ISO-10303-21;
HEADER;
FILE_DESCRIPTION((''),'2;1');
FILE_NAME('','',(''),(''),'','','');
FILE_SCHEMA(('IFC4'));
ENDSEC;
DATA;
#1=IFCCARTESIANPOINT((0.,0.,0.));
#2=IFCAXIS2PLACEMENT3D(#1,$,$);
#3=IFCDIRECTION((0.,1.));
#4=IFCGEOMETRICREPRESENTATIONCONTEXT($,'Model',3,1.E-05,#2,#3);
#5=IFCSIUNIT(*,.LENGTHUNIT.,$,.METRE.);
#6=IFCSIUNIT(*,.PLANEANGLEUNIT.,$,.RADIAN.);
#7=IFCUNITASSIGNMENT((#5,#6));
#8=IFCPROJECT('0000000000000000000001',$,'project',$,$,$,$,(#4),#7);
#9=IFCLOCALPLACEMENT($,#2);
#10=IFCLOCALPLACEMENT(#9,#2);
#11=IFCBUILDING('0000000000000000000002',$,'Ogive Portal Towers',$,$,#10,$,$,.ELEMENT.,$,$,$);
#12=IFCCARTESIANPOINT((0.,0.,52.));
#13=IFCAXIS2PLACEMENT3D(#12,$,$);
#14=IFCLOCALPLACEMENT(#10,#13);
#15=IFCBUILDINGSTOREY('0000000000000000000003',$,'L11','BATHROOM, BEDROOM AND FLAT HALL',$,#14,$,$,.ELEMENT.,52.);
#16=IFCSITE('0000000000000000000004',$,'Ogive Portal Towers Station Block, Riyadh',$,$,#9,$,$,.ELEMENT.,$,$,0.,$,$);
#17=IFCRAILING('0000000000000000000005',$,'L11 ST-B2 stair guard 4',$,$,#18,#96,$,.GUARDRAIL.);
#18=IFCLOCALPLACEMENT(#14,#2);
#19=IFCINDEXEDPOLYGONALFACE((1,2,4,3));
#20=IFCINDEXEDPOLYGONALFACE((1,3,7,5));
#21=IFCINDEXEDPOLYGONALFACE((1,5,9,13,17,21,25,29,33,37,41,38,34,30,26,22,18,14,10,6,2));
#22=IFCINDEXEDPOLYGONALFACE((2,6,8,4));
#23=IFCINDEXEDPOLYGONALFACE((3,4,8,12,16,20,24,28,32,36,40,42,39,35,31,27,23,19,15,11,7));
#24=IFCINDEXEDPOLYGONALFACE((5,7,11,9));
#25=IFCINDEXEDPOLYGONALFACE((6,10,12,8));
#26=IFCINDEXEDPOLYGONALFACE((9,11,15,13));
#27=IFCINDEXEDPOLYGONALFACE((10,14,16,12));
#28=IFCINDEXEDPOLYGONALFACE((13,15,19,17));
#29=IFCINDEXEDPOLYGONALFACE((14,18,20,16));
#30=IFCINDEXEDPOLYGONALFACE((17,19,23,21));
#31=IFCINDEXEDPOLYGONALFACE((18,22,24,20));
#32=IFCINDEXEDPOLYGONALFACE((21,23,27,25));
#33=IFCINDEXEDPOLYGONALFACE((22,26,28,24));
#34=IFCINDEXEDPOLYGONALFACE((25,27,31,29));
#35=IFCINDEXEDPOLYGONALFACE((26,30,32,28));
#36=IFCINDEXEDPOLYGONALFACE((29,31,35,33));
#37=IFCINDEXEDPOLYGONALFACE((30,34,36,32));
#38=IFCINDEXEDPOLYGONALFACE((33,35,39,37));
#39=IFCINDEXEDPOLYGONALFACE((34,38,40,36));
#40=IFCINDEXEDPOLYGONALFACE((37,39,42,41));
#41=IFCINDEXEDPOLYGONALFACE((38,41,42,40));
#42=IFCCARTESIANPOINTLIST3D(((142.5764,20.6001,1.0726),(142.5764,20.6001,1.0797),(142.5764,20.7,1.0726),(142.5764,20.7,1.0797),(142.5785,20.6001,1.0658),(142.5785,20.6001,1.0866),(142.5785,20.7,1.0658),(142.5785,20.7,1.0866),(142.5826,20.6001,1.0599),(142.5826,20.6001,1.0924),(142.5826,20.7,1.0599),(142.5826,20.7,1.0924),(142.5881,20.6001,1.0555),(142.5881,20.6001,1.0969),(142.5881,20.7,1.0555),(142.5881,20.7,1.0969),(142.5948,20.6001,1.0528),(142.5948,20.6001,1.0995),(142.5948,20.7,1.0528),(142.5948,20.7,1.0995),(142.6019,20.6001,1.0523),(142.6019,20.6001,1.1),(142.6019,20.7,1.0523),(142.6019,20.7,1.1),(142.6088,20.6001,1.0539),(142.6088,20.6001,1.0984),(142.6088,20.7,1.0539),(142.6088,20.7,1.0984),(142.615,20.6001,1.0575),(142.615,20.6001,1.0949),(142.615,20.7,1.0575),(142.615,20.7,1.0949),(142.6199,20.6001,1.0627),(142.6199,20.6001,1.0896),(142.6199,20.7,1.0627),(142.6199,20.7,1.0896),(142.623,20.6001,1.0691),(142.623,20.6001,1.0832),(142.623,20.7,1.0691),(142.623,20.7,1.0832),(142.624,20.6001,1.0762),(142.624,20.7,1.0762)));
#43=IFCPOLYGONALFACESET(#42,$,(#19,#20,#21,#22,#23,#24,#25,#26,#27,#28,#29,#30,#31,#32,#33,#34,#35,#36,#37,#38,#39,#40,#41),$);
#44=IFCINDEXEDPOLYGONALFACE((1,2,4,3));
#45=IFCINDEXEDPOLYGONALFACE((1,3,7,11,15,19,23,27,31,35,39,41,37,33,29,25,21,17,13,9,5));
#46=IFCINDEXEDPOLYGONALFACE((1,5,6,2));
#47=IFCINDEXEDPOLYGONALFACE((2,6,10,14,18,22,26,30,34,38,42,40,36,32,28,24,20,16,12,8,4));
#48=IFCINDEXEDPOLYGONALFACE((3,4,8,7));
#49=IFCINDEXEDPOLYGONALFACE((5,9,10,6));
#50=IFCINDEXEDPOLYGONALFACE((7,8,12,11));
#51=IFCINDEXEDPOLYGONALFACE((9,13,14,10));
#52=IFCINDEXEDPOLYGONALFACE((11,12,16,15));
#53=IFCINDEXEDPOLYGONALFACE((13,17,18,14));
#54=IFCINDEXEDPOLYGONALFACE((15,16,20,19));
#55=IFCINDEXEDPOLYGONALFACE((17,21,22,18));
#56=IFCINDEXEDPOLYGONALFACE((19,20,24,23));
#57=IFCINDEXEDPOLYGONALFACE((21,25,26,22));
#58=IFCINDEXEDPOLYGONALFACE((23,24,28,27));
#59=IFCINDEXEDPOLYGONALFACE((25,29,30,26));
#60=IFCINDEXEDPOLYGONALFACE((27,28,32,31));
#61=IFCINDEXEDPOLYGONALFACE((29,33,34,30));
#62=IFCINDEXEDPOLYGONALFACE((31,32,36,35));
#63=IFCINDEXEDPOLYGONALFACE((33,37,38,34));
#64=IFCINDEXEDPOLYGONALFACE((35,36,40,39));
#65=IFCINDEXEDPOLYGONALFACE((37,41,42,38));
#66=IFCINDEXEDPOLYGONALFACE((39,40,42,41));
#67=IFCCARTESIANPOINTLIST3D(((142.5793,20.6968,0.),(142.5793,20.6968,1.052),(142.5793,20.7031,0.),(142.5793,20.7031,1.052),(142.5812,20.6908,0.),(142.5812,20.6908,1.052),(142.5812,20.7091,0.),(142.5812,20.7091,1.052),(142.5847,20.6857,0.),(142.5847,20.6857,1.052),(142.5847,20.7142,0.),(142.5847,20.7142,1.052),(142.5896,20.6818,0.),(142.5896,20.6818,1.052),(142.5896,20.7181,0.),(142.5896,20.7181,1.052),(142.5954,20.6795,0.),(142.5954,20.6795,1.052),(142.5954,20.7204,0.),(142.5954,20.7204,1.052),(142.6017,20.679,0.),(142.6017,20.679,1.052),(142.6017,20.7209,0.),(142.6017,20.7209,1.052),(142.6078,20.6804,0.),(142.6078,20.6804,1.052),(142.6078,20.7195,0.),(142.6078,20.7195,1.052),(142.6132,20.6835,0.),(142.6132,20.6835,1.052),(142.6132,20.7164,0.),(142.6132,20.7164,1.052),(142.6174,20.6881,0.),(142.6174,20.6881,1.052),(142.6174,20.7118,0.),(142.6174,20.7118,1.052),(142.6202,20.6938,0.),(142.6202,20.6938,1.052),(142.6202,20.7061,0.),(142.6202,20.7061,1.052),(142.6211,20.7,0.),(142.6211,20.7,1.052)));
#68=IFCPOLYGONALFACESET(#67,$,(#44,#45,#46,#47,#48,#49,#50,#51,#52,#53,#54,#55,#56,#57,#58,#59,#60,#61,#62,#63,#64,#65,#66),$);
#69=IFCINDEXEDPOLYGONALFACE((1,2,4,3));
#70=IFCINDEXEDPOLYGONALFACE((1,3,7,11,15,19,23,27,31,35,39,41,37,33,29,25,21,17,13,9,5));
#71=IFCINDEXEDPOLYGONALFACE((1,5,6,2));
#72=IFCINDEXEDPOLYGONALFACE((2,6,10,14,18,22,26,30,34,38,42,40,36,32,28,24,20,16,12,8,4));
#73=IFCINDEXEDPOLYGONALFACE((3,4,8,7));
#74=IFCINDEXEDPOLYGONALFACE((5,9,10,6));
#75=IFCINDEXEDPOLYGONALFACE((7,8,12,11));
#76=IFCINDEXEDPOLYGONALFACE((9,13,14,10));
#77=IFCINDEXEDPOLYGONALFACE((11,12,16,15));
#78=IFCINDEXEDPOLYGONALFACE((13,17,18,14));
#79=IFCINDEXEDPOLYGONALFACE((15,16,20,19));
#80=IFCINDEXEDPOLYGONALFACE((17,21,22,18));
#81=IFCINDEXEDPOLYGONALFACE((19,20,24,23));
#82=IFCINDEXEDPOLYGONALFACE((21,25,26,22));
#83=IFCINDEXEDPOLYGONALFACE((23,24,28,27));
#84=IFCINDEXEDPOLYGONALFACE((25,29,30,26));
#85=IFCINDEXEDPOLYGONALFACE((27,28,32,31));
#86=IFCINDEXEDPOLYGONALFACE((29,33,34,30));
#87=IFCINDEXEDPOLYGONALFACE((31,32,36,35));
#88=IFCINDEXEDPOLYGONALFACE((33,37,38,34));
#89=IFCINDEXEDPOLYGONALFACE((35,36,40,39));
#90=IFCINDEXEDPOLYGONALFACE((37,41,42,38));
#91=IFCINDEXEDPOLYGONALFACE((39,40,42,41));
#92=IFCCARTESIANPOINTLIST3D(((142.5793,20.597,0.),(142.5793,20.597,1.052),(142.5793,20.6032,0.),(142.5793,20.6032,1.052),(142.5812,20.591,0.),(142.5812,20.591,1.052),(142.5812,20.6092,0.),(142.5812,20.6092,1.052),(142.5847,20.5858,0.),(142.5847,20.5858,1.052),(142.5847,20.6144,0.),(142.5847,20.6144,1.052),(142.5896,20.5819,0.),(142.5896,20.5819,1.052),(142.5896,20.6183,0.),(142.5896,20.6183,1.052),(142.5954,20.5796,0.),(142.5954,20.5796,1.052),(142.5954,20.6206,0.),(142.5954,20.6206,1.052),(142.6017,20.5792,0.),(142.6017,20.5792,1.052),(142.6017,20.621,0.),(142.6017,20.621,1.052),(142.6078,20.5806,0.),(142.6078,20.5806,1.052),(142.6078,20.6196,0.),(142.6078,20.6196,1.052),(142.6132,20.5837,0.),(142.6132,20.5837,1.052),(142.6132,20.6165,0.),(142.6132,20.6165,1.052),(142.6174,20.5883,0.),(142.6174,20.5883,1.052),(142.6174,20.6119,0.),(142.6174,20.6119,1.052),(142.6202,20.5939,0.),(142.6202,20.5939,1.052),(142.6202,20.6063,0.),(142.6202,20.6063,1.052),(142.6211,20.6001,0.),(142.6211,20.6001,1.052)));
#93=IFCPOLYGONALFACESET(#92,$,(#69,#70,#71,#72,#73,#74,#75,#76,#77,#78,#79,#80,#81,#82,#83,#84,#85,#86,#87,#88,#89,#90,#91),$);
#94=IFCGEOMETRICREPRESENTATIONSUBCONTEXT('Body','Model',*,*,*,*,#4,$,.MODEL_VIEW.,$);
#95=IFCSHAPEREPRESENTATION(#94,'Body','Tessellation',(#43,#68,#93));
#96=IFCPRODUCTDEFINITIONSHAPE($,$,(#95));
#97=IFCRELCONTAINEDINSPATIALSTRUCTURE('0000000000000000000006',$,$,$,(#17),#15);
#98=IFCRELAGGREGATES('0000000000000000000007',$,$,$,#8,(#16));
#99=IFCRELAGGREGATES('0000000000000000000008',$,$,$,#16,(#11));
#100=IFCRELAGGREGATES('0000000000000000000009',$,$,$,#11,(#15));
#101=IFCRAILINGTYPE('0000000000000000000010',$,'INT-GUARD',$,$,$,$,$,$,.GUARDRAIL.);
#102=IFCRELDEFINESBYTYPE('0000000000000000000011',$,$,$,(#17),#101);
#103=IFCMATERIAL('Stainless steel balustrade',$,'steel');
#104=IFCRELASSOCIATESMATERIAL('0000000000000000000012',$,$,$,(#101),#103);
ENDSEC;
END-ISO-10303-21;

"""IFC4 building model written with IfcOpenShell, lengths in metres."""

from ifc_helpers import new_model, si_unit, direction, frame, origin, origin_2d, place, context, subcontext, project, spatial, circle, extrude, material, type_object, element, save


model = new_model("IFC4")

# Units and contexts
model_context = context("Model", 3, precision=1e-05, world=origin(), true_north=direction((0.0, 1.0)))
body_context = subcontext(model_context, "Body", "Model", "MODEL_VIEW")
ifc_project = project(units=[si_unit("LENGTHUNIT", "METRE"), si_unit("PLANEANGLEUNIT", "RADIAN")], contexts=[model_context])

# Site, building, storey
site_placement = place(None, origin())
site = spatial("IfcSite", under=ifc_project, at=site_placement, Name="Ogive Portal Towers Station Block, Riyadh", CompositionType="ELEMENT", RefElevation=0.0)
building_placement = place(site_placement, origin())
building = spatial("IfcBuilding", under=site, at=building_placement, Name="Ogive Portal Towers", CompositionType="ELEMENT")
storey_placement = place(building_placement, frame((0.0, 0.0, 52.0)))
storey = spatial("IfcBuildingStorey", under=building, at=storey_placement, Name="L11", Description="BATHROOM, BEDROOM AND FLAT HALL", CompositionType="ELEMENT", Elevation=52.0)

# Railing
ifc_material_1 = material(Name="Stainless steel balustrade", Category="steel")
railing_type_1 = type_object("IfcRailingType", Name="INT-GUARD", PredefinedType="GUARDRAIL", material=ifc_material_1)
railing_1_placement = place(storey_placement, frame((142.6001, 20.7, 0.0)))
element("IfcRailing", 1, at=railing_1_placement, inside=storey, type_object=railing_type_1, Name="L11 ST-B2 stair guard 4", PredefinedType="GUARDRAIL", context=body_context, shape_type="SweptSolid", body=[
    extrude(circle(Radius=0.0239, at=origin_2d()), frame((0.0, 0.0, 1.0762), z_axis=(0.0, -1.0, 0.0), x_axis=(1.0, 0.0, 0.0)), (0.0, 0.0, 1.0), 0.0999),
    extrude(circle(Radius=0.021, at=origin_2d()), origin(), (0.0, 0.0, 1.0), 1.052),
    extrude(circle(Radius=0.021, at=origin_2d()), frame((0.0, -0.0999, 0.0)), (0.0, 0.0, 1.0), 1.052),
])

save(model, "model.ifc")
